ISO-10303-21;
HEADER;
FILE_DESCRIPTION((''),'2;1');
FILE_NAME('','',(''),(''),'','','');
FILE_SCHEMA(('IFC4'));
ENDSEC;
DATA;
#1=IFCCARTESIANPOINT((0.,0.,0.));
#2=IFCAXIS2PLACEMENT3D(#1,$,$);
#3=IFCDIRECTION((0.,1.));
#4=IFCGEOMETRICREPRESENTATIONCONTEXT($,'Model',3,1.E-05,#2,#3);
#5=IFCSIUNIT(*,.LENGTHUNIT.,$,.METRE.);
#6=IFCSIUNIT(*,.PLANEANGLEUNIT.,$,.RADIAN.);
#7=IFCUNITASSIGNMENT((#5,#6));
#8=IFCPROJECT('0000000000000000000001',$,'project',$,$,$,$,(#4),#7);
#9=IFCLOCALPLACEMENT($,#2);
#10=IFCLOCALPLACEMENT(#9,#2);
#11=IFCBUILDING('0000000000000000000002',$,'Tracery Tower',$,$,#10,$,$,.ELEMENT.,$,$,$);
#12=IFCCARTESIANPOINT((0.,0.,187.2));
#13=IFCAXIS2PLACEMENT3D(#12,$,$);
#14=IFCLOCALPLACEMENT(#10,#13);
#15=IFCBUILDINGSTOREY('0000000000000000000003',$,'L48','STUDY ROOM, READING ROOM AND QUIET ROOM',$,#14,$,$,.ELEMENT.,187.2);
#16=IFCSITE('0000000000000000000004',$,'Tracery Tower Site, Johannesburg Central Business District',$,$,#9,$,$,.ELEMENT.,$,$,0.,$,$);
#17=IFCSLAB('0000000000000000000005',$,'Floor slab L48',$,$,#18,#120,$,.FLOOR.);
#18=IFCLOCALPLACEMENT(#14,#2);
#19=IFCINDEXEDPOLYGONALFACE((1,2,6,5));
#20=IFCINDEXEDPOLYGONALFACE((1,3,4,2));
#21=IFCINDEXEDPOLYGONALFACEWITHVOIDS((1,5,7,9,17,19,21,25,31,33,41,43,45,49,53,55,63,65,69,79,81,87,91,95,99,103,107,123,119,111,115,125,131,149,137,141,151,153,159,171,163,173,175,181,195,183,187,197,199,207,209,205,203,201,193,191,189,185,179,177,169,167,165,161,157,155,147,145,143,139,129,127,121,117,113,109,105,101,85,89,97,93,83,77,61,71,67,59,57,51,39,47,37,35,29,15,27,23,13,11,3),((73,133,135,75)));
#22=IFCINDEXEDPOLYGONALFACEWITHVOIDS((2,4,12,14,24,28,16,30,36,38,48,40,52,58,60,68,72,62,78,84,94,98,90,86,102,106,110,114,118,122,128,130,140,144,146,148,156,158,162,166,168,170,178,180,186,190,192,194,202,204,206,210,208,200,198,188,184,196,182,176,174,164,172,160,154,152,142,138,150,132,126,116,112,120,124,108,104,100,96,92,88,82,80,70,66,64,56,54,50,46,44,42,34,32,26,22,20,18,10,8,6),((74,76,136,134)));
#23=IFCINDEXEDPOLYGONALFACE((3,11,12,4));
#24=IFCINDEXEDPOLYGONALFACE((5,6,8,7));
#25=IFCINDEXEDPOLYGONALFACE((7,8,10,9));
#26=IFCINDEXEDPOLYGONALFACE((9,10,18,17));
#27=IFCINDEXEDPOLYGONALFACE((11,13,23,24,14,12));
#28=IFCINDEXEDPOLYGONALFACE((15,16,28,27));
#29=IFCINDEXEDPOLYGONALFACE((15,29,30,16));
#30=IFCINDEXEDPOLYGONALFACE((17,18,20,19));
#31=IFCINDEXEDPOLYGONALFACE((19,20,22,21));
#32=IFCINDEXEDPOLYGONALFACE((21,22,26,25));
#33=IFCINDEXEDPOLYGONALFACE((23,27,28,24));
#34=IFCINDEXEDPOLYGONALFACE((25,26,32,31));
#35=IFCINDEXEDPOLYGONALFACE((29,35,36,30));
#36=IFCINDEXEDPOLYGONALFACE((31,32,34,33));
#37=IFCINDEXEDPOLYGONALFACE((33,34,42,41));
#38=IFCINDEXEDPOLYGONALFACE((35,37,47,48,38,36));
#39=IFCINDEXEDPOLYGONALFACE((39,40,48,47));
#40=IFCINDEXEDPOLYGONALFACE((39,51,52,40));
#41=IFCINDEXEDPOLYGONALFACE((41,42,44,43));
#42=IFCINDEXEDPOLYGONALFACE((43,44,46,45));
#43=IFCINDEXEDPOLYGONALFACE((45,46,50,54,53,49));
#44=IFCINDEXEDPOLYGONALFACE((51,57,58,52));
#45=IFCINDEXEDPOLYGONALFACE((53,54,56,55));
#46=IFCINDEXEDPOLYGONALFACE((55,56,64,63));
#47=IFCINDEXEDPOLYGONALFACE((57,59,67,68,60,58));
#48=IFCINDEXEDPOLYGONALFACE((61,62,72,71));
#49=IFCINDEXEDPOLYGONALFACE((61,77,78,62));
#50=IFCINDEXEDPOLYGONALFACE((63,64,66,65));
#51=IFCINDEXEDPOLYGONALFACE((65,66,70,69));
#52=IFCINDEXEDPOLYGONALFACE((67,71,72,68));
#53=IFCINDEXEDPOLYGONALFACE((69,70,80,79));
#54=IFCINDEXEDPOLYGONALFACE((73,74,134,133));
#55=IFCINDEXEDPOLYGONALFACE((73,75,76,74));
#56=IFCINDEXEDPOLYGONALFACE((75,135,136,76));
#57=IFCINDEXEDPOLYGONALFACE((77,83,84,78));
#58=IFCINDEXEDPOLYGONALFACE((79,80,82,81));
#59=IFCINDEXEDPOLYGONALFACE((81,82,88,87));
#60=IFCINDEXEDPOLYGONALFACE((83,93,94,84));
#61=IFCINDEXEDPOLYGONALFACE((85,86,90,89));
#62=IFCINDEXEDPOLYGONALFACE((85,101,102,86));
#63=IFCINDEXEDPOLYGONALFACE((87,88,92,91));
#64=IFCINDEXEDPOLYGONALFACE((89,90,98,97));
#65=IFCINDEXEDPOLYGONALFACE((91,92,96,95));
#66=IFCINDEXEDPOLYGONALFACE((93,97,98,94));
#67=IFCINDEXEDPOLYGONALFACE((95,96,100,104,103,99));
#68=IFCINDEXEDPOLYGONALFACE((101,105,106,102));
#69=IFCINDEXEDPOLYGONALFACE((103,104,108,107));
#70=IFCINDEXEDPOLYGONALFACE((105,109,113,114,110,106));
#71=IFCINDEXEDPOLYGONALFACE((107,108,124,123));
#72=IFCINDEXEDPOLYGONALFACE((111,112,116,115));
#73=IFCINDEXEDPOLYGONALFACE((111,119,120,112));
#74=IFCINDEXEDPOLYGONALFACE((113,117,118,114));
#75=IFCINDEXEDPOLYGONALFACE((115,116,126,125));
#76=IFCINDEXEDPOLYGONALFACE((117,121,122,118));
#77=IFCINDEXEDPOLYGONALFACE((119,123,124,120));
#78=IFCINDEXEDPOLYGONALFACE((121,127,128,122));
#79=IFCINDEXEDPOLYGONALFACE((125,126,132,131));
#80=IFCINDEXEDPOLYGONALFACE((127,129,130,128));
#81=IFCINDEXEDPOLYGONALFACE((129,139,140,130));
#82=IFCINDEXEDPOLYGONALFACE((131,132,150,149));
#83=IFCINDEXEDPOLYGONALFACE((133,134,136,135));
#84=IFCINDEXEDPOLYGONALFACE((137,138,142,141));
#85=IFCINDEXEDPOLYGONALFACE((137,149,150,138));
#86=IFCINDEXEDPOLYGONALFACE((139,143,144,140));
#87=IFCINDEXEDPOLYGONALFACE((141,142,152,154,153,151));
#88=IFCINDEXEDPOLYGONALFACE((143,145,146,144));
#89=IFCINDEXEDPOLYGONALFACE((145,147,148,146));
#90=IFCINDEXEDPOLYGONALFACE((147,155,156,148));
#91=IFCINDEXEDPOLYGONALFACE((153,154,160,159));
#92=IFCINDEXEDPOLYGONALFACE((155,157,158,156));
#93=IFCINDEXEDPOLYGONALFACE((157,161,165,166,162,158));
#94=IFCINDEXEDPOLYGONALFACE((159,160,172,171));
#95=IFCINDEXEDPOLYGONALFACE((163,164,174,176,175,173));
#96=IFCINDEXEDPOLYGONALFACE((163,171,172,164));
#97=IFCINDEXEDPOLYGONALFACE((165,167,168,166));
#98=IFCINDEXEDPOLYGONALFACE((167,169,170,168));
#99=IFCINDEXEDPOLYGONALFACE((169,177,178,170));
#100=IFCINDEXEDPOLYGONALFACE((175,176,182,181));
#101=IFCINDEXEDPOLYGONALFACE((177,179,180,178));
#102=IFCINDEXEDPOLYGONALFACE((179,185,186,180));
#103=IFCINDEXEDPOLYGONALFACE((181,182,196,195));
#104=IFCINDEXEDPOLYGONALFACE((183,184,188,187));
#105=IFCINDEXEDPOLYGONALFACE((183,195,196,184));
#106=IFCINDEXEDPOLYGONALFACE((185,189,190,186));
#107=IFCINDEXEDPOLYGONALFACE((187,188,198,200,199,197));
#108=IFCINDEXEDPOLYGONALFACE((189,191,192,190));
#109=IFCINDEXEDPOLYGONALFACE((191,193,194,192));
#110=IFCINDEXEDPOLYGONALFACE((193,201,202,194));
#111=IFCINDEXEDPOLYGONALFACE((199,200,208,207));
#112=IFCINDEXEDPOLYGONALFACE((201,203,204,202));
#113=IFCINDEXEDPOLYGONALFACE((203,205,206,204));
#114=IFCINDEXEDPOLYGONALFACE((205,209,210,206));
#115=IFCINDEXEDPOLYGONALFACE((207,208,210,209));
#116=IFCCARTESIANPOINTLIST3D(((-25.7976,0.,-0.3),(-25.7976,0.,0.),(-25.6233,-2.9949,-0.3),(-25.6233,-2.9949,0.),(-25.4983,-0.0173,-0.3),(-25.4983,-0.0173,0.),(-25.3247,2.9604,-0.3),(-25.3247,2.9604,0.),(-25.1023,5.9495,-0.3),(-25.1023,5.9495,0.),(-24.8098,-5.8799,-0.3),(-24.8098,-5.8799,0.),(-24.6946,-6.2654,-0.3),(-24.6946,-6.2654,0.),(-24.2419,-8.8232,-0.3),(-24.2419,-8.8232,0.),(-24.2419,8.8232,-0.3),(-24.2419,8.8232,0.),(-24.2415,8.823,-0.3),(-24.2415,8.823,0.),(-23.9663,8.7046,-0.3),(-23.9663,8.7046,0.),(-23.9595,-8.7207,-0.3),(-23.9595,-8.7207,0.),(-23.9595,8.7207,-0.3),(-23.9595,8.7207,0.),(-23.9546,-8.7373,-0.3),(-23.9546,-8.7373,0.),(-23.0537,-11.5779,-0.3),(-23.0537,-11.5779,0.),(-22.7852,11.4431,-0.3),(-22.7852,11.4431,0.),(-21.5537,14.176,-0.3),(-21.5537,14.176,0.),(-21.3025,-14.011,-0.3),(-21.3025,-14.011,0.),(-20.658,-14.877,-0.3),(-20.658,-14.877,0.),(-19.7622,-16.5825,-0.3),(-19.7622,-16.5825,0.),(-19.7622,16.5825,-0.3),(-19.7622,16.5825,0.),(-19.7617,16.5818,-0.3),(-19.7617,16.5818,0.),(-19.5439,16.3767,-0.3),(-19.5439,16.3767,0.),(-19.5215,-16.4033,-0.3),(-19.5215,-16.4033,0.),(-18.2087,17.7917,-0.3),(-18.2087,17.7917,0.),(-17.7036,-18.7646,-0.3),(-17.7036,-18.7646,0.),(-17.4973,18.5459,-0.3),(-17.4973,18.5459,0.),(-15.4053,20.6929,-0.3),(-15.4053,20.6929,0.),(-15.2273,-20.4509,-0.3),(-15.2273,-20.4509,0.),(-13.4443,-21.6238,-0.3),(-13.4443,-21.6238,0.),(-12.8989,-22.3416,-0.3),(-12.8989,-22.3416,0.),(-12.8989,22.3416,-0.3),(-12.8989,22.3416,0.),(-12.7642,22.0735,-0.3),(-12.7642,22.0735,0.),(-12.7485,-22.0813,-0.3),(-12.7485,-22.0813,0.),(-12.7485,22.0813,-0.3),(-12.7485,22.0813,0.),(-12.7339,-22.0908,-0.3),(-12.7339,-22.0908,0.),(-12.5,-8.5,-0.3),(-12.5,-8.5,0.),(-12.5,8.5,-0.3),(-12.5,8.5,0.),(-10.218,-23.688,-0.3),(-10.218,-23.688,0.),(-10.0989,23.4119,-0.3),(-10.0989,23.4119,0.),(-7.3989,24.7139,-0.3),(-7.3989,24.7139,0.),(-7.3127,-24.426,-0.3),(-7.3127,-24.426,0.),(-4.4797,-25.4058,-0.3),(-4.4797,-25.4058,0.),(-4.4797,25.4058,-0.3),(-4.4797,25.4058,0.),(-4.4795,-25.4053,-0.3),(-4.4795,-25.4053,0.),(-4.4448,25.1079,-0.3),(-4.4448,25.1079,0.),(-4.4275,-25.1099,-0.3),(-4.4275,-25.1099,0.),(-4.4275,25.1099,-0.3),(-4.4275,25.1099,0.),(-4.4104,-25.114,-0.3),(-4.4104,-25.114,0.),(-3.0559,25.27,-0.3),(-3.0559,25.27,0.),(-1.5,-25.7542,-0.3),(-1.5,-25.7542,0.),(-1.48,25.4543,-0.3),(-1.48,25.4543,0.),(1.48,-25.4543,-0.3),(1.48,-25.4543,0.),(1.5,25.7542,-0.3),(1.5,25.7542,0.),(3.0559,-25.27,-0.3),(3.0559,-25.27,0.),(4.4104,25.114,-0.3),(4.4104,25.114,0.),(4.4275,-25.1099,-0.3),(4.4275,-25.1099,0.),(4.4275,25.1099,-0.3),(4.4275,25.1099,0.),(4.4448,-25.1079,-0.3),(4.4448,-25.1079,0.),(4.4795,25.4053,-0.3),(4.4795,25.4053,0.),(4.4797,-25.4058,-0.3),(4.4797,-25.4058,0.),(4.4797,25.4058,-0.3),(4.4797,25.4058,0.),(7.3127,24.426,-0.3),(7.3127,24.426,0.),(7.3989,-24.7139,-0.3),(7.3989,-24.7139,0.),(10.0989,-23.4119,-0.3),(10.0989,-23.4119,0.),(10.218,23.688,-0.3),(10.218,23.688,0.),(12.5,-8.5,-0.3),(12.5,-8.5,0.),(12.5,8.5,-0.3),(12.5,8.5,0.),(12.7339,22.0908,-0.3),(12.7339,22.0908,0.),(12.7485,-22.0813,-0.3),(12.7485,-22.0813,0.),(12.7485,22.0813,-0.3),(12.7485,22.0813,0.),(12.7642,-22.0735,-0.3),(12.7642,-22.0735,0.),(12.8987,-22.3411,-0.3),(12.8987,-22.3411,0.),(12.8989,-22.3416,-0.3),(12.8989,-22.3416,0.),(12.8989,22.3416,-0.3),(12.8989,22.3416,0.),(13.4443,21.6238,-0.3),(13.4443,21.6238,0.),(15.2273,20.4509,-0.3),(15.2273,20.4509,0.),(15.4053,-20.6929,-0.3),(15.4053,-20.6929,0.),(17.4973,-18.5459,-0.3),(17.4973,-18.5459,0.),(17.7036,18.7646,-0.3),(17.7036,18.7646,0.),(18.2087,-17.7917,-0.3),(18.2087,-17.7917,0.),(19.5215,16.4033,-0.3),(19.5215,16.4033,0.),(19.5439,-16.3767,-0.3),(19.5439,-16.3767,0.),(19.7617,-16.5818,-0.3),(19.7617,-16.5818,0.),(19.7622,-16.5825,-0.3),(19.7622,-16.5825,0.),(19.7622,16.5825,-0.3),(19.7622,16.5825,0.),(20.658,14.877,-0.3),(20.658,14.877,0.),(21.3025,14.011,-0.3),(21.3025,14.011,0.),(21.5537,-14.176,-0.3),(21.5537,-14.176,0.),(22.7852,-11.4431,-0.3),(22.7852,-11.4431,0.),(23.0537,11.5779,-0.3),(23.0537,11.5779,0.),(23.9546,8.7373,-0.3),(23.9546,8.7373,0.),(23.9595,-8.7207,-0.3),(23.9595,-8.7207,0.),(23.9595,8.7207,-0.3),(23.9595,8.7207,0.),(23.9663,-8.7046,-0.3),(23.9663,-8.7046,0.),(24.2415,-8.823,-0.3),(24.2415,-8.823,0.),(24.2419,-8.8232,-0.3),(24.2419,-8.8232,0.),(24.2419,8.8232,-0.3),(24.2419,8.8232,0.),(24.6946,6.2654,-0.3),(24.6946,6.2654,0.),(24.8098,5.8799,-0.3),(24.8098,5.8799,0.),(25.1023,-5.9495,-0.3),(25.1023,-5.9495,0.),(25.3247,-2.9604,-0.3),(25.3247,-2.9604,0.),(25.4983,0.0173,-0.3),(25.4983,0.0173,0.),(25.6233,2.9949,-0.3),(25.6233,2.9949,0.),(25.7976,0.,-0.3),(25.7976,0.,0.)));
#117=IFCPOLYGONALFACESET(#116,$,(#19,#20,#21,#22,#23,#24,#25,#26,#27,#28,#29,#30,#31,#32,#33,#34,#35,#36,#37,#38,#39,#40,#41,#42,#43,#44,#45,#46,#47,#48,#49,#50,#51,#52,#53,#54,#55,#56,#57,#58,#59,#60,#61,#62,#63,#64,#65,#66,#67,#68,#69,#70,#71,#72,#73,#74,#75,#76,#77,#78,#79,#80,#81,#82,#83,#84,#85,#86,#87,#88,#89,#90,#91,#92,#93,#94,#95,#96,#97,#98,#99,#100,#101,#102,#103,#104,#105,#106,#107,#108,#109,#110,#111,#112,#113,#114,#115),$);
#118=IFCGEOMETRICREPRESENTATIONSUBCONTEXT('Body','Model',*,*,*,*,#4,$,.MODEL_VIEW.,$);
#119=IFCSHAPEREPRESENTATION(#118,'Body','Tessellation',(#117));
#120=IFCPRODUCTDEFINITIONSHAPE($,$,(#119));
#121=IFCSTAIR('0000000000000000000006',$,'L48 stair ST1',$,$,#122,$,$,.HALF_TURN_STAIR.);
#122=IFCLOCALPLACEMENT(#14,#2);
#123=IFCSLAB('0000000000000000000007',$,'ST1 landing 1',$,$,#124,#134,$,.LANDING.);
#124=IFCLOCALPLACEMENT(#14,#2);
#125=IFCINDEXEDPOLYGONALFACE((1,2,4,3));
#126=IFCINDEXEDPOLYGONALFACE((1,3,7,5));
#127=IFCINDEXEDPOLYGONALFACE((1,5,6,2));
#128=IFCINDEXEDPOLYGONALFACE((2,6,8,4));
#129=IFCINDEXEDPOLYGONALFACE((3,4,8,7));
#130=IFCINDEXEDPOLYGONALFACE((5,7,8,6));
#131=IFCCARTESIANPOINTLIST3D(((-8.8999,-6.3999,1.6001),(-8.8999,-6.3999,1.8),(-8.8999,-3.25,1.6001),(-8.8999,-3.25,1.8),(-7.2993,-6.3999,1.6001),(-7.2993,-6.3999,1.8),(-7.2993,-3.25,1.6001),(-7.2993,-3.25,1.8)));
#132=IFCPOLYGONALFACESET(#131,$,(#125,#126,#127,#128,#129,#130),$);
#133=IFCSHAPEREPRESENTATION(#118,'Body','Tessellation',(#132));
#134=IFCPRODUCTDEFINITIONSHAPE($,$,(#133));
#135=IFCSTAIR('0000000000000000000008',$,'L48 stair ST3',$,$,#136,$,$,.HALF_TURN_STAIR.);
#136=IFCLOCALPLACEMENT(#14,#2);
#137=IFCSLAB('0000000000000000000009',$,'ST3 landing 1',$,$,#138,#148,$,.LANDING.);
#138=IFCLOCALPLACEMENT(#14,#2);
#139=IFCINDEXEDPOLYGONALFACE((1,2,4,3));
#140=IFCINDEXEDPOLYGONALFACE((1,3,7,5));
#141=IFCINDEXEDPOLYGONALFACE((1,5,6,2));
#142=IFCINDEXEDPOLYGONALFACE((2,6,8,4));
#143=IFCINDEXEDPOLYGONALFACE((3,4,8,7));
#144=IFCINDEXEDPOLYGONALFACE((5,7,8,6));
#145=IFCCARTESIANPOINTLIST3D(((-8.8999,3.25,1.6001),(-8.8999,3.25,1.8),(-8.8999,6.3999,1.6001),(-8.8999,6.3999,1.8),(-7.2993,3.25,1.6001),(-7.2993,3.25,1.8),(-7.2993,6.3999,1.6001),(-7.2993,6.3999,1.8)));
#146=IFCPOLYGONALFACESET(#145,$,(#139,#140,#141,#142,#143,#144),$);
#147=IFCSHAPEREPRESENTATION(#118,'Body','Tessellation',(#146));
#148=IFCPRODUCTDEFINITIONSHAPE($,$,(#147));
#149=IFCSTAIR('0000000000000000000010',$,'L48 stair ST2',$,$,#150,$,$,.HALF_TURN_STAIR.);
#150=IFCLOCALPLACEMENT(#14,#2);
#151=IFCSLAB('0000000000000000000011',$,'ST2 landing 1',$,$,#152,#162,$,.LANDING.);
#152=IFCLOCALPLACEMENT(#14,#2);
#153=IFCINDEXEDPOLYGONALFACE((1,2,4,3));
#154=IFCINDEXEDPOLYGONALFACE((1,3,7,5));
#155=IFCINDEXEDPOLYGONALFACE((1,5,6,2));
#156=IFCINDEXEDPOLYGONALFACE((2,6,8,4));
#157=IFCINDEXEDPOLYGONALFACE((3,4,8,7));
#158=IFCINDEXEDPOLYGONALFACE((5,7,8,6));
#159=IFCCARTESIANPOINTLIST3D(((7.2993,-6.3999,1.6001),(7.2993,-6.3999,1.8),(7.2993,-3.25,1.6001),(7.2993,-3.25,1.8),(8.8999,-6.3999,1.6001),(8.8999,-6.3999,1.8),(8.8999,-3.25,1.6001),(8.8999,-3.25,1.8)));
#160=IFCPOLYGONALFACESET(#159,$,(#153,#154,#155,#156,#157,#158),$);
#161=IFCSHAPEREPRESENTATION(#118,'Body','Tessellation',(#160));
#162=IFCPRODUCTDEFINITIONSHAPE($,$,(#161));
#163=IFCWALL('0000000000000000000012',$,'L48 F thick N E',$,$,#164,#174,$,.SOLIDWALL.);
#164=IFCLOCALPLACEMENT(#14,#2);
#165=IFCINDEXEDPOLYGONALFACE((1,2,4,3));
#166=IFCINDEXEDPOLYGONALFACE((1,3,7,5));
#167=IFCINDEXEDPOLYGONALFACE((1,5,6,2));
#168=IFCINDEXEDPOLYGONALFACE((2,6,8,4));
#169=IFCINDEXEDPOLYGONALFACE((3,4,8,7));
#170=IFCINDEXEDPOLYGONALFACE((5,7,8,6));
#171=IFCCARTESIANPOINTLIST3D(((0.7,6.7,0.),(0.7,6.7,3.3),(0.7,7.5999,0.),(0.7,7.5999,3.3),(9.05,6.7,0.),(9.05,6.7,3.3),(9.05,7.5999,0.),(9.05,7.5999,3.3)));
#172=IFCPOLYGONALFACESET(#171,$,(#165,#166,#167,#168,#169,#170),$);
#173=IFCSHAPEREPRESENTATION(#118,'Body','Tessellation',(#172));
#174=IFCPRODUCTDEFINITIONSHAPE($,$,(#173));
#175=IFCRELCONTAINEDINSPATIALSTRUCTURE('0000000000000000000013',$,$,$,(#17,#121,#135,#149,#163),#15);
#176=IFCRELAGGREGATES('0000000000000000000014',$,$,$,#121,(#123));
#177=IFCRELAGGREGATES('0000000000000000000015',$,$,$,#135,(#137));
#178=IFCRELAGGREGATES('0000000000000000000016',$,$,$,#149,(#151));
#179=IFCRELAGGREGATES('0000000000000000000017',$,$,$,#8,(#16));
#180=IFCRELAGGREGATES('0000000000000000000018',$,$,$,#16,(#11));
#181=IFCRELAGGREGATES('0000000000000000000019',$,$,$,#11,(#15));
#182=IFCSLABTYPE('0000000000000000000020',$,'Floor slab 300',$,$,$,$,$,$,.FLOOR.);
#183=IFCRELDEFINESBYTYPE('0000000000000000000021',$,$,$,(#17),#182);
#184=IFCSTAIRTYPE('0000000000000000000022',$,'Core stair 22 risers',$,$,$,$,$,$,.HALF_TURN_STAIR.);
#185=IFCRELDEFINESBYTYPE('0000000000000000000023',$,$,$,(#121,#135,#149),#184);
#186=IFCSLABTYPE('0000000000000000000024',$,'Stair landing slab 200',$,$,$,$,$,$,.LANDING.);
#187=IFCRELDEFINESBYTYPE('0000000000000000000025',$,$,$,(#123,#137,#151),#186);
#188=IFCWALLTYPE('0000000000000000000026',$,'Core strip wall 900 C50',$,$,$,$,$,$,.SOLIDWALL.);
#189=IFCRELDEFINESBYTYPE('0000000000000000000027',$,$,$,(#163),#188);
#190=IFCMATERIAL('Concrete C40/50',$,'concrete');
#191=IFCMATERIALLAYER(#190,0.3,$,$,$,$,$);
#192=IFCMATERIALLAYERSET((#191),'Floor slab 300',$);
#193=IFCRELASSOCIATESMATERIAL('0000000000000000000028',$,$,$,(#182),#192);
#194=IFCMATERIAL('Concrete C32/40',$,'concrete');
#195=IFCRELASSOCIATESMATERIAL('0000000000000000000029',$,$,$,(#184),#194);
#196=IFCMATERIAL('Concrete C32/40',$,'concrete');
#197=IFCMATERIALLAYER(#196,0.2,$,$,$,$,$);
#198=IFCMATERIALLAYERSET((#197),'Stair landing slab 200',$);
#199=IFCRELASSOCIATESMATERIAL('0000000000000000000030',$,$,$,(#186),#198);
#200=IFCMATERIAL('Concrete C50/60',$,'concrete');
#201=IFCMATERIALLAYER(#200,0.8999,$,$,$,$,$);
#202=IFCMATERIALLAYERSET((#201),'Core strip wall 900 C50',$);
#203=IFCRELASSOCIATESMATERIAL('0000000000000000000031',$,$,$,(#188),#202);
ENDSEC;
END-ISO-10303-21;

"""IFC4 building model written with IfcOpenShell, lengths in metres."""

from ifc_helpers import new_model, si_unit, direction, frame, frame_2d, origin, place, context, subcontext, project, spatial, polyline, rectangle, outline, extrude, material, layer, layer_set, type_object, element, aggregate, save


model = new_model("IFC4")

# Units and contexts
model_context = context("Model", 3, precision=1e-05, world=origin(), true_north=direction((0.0, 1.0)))
body_context = subcontext(model_context, "Body", "Model", "MODEL_VIEW")
ifc_project = project(units=[si_unit("LENGTHUNIT", "METRE"), si_unit("PLANEANGLEUNIT", "RADIAN")], contexts=[model_context])

# Site, building, storey
site_placement = place(None, origin())
site = spatial("IfcSite", under=ifc_project, at=site_placement, Name="Tracery Tower Site, Johannesburg Central Business District", CompositionType="ELEMENT", RefElevation=0.0)
building_placement = place(site_placement, origin())
building = spatial("IfcBuilding", under=site, at=building_placement, Name="Tracery Tower", CompositionType="ELEMENT")
storey_placement = place(building_placement, frame((0.0, 0.0, 187.2)))
storey = spatial("IfcBuildingStorey", under=building, at=storey_placement, Name="L48", Description="STUDY ROOM, READING ROOM AND QUIET ROOM", CompositionType="ELEMENT", Elevation=187.2)

# Slab
ifc_material_1 = material(Name="Concrete C40/50", Category="concrete")
ifc_layer_1 = layer(ifc_material_1, 0.3)
ifc_layer_set_1 = layer_set([ifc_layer_1], Name="Floor slab 300")
slab_type_1 = type_object("IfcSlabType", Name="Floor slab 300", PredefinedType="FLOOR", material=ifc_layer_set_1)
slab_1_placement = place(storey_placement, frame((0.0, 0.0, -0.3)))
element("IfcSlab", 1, at=slab_1_placement, inside=storey, type_object=slab_type_1, Name="Floor slab L48", PredefinedType="FLOOR", context=body_context, shape_type="SweptSolid", body=[
    extrude(outline(polyline([(24.8098, 5.8799), (24.6946, 6.2654), (23.9595, 8.7207), (23.9595, 8.7207), (23.9546, 8.7373), (24.2419, 8.8232), (23.0537, 11.5779), (21.3025, 14.011), (20.658, 14.877), (19.5215, 16.4033), (19.7622, 16.5825), (17.7036, 18.7646), (15.2273, 20.4509), (13.4443, 21.6238), (12.7485, 22.0813), (12.7485, 22.0813), (12.7339, 22.0908), (12.8989, 22.3416), (10.218, 23.688), (7.3127, 24.426), (4.4275, 25.1099), (4.4275, 25.1099), (4.4104, 25.114), (4.4795, 25.4053), (4.4797, 25.4058), (1.5, 25.7542), (-1.48, 25.4543), (-3.0559, 25.27), (-4.4275, 25.1099), (-4.4275, 25.1099), (-4.4448, 25.1079), (-4.4797, 25.4058), (-7.3989, 24.7139), (-10.0989, 23.4119), (-12.7485, 22.0813), (-12.7485, 22.0813), (-12.7642, 22.0735), (-12.8989, 22.3416), (-15.4053, 20.6929), (-17.4973, 18.5459), (-18.2087, 17.7917), (-19.5439, 16.3767), (-19.7617, 16.5818), (-19.7622, 16.5825), (-21.5537, 14.176), (-22.7852, 11.4431), (-23.9595, 8.7207), (-23.9595, 8.7207), (-23.9663, 8.7046), (-24.2415, 8.823), (-24.2419, 8.8232), (-25.1023, 5.9495), (-25.3247, 2.9604), (-25.4983, -0.0173), (-25.7976, 0.0), (-25.7976, 0.0), (-25.6233, -2.9949), (-24.8098, -5.8799), (-24.6946, -6.2654), (-23.9595, -8.7207), (-23.9595, -8.7207), (-23.9546, -8.7373), (-24.2419, -8.8232), (-23.0537, -11.5779), (-21.3025, -14.011), (-20.658, -14.877), (-19.5215, -16.4033), (-19.7622, -16.5825), (-17.7036, -18.7646), (-15.2273, -20.4509), (-13.4443, -21.6238), (-12.7485, -22.0813), (-12.7485, -22.0813), (-12.7339, -22.0908), (-12.8989, -22.3416), (-10.218, -23.688), (-7.3127, -24.426), (-4.4275, -25.1099), (-4.4275, -25.1099), (-4.4104, -25.114), (-4.4795, -25.4053), (-4.4797, -25.4058), (-1.5, -25.7542), (1.48, -25.4543), (3.0559, -25.27), (4.4275, -25.1099), (4.4275, -25.1099), (4.4448, -25.1079), (4.4797, -25.4058), (7.3989, -24.7139), (10.0989, -23.4119), (12.7485, -22.0813), (12.7485, -22.0813), (12.7642, -22.0735), (12.8987, -22.3411), (12.8989, -22.3416), (15.4053, -20.6929), (17.4973, -18.5459), (18.2087, -17.7917), (19.5439, -16.3767), (19.7617, -16.5818), (19.7622, -16.5825), (21.5537, -14.176), (22.7852, -11.4431), (23.9595, -8.7207), (23.9595, -8.7207), (23.9663, -8.7046), (24.2415, -8.823), (24.2419, -8.8232), (25.1023, -5.9495), (25.3247, -2.9604), (25.4983, 0.0173), (25.7976, 0.0), (25.6233, 2.9949), (24.8098, 5.8799)]), holes=[polyline([(-12.5, -8.5), (12.5, -8.5), (12.5, 8.5), (-12.5, 8.5), (-12.5, -8.5)])]), origin(), (0.0, 0.0, 1.0), 0.3),
])

# Stairs, slabs
ifc_material_2 = material(Name="Concrete C32/40", Category="concrete")
stair_type = type_object("IfcStairType", Name="Core stair 22 risers", PredefinedType="HALF_TURN_STAIR", material=ifc_material_2)
stair_1_placement = place(storey_placement, origin())
stair_1 = element("IfcStair", 2, at=stair_1_placement, inside=storey, type_object=stair_type, Name="L48 stair ST1", PredefinedType="HALF_TURN_STAIR")
ifc_material_3 = material(Name="Concrete C32/40", Category="concrete")
ifc_layer_2 = layer(ifc_material_3, 0.2)
ifc_layer_set_2 = layer_set([ifc_layer_2], Name="Stair landing slab 200")
slab_type_2 = type_object("IfcSlabType", Name="Stair landing slab 200", PredefinedType="LANDING", material=ifc_layer_set_2)
slab_2_placement = place(storey_placement, frame((0.0, 0.0, 1.6001)))
slab_2 = element("IfcSlab", 3, at=slab_2_placement, type_object=slab_type_2, Name="ST1 landing 1", PredefinedType="LANDING", context=body_context, shape_type="SweptSolid", body=[
    extrude(outline(polyline([(-7.2993, -3.25), (-8.8999, -3.25), (-8.8999, -6.3999), (-7.2993, -6.3999), (-7.2993, -3.25)])), origin(), (0.0, 0.0, 1.0), 0.2),
])
aggregate(stair_1, [slab_2])
stair_2_placement = place(storey_placement, origin())
stair_2 = element("IfcStair", 4, at=stair_2_placement, inside=storey, type_object=stair_type, Name="L48 stair ST3", PredefinedType="HALF_TURN_STAIR")
slab_3_placement = place(storey_placement, frame((0.0, 0.0, 1.6001)))
slab_3 = element("IfcSlab", 5, at=slab_3_placement, type_object=slab_type_2, Name="ST3 landing 1", PredefinedType="LANDING", context=body_context, shape_type="SweptSolid", body=[
    extrude(outline(polyline([(-7.2993, 6.3999), (-8.8999, 6.3999), (-8.8999, 3.25), (-7.2993, 3.25), (-7.2993, 6.3999)])), origin(), (0.0, 0.0, 1.0), 0.2),
])
aggregate(stair_2, [slab_3])
stair_3_placement = place(storey_placement, origin())
stair_3 = element("IfcStair", 6, at=stair_3_placement, inside=storey, type_object=stair_type, Name="L48 stair ST2", PredefinedType="HALF_TURN_STAIR")
slab_4_placement = place(storey_placement, frame((0.0, 0.0, 1.6001)))
slab_4 = element("IfcSlab", 7, at=slab_4_placement, type_object=slab_type_2, Name="ST2 landing 1", PredefinedType="LANDING", context=body_context, shape_type="SweptSolid", body=[
    extrude(outline(polyline([(7.2993, -6.3999), (8.8999, -6.3999), (8.8999, -3.25), (7.2993, -3.25), (7.2993, -6.3999)])), origin(), (0.0, 0.0, 1.0), 0.2),
])
aggregate(stair_3, [slab_4])

# Wall
ifc_material_4 = material(Name="Concrete C50/60", Category="concrete")
ifc_layer_3 = layer(ifc_material_4, 0.8999)
ifc_layer_set_3 = layer_set([ifc_layer_3], Name="Core strip wall 900 C50")
wall_type_1 = type_object("IfcWallType", Name="Core strip wall 900 C50", PredefinedType="SOLIDWALL", material=ifc_layer_set_3)
wall_1_placement = place(storey_placement, frame((0.7, 7.1499, 0.0), z_axis=(0.0, 0.0, 1.0), x_axis=(1.0, 0.0, 0.0)))
element("IfcWall", 8, at=wall_1_placement, inside=storey, type_object=wall_type_1, Name="L48 F thick N E", PredefinedType="SOLIDWALL", context=body_context, shape_type="SweptSolid", body=[
    extrude(rectangle(XDim=8.3501, YDim=0.8999, at=frame_2d((4.175, 0.0))), origin(), (0.0, 0.0, 1.0), 3.3),
])

save(model, "model.ifc")
